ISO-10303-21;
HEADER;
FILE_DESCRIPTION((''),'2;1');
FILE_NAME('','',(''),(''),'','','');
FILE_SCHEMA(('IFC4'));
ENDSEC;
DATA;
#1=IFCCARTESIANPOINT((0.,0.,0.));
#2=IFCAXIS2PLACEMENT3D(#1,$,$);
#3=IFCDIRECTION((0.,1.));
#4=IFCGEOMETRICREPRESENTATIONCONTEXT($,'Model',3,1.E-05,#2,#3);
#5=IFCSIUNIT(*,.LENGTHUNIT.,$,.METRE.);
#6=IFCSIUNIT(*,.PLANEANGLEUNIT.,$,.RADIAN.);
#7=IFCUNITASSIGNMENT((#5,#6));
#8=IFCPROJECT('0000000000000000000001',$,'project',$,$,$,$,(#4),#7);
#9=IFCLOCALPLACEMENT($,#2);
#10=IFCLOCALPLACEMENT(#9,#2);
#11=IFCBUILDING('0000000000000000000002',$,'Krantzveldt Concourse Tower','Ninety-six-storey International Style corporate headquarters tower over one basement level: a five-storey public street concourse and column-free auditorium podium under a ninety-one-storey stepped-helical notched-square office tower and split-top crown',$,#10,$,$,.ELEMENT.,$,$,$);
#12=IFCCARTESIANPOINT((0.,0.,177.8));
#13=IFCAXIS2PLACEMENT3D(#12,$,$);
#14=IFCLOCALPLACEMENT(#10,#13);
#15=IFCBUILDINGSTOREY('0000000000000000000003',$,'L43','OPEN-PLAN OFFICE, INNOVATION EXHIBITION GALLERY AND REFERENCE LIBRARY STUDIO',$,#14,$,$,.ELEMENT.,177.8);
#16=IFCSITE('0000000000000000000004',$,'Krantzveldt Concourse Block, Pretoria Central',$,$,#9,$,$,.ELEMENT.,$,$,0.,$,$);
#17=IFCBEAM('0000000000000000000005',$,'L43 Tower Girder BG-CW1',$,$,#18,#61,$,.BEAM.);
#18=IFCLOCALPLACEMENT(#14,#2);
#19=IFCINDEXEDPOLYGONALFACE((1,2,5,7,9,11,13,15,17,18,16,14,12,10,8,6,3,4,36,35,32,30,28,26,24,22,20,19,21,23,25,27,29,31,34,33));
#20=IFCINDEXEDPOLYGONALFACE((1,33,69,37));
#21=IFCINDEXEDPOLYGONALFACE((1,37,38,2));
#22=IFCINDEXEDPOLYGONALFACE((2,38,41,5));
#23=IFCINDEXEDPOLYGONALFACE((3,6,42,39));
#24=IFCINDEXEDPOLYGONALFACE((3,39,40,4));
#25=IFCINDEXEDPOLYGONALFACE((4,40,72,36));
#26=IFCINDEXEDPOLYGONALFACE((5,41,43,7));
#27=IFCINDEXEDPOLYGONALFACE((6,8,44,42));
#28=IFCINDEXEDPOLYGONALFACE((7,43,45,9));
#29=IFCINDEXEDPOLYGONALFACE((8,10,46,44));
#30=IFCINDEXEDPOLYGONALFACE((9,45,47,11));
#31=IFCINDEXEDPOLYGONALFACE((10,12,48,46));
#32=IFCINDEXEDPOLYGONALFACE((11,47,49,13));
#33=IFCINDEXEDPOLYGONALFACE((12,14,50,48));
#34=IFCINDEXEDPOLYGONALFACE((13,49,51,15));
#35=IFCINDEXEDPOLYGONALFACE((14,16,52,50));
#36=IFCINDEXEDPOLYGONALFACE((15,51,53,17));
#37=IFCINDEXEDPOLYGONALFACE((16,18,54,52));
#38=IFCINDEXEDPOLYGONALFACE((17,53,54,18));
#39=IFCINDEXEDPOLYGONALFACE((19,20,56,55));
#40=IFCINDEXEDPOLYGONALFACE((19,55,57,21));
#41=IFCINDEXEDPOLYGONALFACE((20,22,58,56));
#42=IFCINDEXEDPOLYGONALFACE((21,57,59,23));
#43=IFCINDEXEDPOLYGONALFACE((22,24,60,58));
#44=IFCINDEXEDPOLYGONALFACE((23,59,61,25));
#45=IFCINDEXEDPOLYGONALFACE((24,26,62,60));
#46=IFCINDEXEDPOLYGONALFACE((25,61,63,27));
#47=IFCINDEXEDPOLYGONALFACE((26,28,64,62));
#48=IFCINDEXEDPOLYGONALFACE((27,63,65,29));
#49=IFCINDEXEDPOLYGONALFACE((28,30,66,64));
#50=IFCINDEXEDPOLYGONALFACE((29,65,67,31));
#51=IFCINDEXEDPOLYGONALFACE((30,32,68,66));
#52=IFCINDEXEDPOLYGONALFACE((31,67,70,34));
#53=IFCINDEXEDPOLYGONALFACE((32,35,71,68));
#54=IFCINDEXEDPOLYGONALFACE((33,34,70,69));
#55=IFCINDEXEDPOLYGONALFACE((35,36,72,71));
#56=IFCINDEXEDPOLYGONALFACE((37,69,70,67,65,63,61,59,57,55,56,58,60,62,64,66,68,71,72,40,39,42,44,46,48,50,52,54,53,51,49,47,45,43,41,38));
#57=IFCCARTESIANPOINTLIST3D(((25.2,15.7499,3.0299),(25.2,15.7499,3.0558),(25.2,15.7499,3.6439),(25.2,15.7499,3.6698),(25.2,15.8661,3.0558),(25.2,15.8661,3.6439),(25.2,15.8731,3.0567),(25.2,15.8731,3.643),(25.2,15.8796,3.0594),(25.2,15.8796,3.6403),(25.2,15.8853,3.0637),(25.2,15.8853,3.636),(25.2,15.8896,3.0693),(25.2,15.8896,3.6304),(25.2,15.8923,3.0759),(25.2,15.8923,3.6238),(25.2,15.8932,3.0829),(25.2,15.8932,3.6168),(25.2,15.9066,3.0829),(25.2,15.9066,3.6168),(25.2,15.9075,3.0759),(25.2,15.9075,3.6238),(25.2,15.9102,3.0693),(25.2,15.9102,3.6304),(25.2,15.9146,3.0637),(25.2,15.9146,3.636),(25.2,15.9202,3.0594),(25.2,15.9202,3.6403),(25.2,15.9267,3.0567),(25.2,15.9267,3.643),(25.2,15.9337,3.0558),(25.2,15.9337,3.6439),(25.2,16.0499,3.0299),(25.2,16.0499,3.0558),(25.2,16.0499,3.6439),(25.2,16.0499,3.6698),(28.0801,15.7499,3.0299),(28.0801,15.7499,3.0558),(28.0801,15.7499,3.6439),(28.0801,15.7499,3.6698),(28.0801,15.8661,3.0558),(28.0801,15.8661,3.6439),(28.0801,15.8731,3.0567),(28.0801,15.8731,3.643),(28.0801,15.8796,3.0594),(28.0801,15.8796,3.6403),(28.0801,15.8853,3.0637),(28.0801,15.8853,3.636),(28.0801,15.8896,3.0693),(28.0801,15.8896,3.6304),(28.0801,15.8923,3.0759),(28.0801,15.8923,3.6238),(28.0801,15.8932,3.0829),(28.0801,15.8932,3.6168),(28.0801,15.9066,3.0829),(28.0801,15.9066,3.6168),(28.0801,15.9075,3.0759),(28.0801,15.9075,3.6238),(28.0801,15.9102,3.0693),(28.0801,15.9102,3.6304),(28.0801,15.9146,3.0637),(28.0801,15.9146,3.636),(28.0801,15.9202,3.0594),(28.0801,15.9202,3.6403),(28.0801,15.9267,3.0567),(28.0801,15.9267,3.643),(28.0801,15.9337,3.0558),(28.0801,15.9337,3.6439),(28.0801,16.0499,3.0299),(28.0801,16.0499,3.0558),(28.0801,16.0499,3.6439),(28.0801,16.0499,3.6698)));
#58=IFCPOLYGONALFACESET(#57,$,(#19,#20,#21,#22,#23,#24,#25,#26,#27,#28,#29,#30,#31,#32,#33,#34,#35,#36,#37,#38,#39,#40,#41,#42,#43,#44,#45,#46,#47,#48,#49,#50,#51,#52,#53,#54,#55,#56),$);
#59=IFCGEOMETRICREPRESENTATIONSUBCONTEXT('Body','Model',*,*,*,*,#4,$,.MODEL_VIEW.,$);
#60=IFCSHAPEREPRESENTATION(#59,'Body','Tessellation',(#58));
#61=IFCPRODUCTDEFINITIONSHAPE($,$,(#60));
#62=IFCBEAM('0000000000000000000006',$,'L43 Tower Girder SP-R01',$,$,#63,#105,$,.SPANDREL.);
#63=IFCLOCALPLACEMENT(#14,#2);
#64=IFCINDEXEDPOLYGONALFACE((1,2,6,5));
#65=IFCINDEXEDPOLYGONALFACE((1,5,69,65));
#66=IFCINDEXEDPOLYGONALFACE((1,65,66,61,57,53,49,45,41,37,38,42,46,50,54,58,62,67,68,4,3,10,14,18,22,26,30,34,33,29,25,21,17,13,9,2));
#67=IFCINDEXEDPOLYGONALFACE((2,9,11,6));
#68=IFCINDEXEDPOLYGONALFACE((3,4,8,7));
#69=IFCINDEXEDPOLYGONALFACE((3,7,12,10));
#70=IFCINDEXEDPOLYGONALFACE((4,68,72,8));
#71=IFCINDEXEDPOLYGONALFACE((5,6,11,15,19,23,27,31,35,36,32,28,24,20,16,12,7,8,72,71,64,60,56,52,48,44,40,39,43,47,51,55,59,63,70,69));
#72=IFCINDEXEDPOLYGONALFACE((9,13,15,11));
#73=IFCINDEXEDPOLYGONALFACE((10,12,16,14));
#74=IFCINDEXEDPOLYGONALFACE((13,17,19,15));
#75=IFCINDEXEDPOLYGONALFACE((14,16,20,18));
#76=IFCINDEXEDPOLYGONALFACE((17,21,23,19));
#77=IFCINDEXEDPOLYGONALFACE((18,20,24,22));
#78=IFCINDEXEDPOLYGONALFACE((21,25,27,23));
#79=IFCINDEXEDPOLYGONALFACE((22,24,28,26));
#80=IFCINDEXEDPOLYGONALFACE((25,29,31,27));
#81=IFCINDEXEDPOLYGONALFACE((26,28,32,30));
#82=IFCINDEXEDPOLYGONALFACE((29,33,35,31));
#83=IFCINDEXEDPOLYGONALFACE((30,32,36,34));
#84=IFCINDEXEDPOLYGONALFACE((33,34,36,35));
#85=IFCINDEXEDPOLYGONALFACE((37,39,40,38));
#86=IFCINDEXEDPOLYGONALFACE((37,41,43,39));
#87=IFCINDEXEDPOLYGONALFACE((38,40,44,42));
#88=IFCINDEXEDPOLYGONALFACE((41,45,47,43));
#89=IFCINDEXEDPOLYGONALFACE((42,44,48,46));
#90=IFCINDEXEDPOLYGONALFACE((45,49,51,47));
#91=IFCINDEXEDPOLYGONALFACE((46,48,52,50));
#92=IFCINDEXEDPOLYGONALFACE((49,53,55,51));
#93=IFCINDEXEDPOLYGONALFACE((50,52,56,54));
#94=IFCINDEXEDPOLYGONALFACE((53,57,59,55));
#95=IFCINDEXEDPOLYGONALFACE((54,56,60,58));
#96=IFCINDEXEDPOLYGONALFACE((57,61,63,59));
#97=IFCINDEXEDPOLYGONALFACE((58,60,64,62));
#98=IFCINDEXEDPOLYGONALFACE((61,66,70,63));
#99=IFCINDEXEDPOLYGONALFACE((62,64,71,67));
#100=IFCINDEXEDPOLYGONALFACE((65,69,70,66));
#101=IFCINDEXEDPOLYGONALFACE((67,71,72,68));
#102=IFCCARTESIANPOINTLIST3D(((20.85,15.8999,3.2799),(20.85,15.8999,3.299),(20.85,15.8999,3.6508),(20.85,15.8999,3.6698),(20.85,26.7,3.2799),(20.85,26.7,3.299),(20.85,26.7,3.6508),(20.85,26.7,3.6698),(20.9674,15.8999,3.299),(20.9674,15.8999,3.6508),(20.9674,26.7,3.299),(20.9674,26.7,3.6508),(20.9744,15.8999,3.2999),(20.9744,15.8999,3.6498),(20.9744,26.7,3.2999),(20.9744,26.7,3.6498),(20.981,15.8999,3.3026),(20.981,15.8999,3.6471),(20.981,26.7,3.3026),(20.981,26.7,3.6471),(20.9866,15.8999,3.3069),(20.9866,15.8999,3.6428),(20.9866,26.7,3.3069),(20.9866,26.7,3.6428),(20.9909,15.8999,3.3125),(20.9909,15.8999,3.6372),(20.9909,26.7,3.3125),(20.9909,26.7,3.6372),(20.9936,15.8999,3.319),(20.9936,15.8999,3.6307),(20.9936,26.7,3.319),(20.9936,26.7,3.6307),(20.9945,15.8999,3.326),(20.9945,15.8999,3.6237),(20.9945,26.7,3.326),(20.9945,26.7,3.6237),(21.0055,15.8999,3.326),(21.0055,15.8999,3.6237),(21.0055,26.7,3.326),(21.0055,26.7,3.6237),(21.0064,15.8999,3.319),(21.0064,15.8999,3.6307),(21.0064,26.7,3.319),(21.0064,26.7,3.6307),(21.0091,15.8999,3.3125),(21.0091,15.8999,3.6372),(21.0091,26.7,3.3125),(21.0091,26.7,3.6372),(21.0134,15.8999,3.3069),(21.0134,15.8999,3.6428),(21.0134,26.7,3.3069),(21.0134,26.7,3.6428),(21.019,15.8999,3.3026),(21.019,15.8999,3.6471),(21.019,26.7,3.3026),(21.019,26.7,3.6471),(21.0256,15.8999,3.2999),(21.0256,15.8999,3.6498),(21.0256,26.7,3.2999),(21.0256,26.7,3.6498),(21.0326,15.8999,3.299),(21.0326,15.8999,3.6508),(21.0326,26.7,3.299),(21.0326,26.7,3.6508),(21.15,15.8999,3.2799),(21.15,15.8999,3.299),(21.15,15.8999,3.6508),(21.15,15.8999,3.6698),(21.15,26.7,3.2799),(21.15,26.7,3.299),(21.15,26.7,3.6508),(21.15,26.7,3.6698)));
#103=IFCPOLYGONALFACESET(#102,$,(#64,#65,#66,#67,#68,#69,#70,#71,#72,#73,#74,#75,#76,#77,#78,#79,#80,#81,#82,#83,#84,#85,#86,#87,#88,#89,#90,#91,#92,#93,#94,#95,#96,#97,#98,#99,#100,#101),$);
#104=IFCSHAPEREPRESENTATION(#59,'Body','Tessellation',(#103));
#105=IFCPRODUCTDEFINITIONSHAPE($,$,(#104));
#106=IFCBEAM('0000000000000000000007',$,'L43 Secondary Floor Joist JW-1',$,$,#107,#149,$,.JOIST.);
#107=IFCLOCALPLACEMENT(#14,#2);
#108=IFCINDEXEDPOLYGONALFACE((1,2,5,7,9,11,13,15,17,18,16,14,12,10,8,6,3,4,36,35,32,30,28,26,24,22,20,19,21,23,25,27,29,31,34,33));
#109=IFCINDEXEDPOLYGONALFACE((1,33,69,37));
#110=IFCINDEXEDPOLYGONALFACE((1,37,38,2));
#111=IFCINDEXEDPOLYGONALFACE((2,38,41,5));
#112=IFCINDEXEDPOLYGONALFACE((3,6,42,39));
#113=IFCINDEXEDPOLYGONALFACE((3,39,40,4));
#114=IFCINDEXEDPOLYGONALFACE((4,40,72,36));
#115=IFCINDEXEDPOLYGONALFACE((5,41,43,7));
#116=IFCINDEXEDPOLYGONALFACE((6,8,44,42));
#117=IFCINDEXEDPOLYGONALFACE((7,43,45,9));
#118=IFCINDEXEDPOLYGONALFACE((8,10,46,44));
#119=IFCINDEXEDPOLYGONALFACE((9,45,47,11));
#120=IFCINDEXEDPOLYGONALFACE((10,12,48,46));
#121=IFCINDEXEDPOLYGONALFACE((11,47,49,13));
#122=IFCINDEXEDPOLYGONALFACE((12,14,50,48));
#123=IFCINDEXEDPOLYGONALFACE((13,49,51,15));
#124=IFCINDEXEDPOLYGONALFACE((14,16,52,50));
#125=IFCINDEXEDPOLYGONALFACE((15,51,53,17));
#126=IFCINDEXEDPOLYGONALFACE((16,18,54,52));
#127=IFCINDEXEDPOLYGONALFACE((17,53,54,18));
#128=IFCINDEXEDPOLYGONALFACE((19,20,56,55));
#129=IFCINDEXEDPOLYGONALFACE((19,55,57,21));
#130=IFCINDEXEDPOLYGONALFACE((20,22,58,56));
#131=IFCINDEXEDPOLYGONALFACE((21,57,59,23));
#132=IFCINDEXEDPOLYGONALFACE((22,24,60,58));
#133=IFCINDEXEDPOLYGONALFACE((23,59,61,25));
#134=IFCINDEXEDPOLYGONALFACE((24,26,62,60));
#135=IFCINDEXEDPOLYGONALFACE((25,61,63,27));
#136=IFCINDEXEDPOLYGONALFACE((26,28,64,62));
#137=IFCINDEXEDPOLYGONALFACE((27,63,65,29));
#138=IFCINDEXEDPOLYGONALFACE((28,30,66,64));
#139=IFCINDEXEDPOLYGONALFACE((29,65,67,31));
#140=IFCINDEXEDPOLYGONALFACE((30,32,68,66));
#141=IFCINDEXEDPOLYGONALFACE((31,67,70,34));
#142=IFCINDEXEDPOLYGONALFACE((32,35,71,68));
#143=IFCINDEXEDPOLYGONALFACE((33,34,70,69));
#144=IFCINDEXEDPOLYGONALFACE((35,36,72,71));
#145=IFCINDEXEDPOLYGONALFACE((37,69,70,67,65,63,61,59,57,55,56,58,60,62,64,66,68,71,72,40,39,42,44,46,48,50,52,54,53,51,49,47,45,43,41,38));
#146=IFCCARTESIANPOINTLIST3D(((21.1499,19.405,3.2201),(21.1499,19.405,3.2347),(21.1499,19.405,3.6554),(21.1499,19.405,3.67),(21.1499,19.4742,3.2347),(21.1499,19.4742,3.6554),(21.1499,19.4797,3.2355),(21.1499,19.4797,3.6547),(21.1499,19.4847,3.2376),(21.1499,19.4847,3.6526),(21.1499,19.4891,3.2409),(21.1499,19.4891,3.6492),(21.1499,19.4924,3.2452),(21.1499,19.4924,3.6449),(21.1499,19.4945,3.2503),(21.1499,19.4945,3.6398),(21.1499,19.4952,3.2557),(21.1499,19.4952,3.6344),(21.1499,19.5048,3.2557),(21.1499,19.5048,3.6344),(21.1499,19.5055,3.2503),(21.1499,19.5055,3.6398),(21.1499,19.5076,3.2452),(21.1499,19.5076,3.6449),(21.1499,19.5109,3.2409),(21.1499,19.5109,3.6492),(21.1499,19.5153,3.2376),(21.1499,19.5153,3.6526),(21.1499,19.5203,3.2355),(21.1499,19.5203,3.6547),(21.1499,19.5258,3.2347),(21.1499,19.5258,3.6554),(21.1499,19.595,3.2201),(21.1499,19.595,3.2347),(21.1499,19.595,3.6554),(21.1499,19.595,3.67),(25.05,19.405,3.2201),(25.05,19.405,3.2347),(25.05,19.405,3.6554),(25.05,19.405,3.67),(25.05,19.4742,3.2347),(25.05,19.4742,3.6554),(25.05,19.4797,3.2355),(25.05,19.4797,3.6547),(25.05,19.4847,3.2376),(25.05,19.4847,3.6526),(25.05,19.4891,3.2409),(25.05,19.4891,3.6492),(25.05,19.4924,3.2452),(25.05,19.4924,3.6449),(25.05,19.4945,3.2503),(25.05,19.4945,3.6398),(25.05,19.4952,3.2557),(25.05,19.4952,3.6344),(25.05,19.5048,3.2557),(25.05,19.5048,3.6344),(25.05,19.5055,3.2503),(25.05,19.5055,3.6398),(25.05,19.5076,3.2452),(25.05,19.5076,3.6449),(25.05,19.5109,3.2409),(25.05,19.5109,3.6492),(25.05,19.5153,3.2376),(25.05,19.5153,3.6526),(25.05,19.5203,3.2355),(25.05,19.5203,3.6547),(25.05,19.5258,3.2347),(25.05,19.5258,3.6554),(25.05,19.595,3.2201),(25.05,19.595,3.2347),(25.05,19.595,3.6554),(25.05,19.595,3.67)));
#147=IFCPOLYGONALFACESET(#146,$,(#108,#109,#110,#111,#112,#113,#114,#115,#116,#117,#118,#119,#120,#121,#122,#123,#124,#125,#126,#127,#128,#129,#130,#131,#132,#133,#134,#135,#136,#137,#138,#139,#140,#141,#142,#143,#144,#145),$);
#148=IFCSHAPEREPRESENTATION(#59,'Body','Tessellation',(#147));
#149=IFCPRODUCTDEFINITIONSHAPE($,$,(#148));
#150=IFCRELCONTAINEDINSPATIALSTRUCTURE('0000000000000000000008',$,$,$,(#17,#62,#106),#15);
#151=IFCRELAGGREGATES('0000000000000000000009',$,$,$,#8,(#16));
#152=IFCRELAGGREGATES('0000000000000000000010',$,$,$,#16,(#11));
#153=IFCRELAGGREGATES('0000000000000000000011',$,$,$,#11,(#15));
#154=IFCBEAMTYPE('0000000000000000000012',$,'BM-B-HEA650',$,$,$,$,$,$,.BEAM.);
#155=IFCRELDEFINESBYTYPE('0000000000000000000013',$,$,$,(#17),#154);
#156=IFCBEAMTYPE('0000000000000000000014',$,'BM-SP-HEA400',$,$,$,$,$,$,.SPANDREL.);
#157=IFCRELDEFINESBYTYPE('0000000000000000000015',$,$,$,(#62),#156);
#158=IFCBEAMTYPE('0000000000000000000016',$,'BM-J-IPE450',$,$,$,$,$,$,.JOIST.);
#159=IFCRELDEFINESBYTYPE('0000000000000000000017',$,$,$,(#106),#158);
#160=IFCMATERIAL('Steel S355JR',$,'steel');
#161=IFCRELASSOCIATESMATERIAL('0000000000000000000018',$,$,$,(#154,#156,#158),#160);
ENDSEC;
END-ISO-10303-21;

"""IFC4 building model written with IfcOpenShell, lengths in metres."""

from ifc_helpers import new_model, si_unit, direction, frame, origin, origin_2d, place, context, subcontext, project, spatial, i_section, extrude, source, transform, mapped, material, material_profile, profile_set, type_object, type_shapes, element, save


model = new_model("IFC4")

# Units and contexts
model_context = context("Model", 3, precision=1e-05, world=origin(), true_north=direction((0.0, 1.0)))
body_context = subcontext(model_context, "Body", "Model", "MODEL_VIEW")
ifc_project = project(units=[si_unit("LENGTHUNIT", "METRE"), si_unit("PLANEANGLEUNIT", "RADIAN")], contexts=[model_context])

# Site, building, storey
site_placement = place(None, origin())
site = spatial("IfcSite", under=ifc_project, at=site_placement, Name="Krantzveldt Concourse Block, Pretoria Central", CompositionType="ELEMENT", RefElevation=0.0)
building_placement = place(site_placement, origin())
building = spatial("IfcBuilding", under=site, at=building_placement, Name="Krantzveldt Concourse Tower", Description="Ninety-six-storey International Style corporate headquarters tower over one basement level: a five-storey public street concourse and column-free auditorium podium under a ninety-one-storey stepped-helical notched-square office tower and split-top crown", CompositionType="ELEMENT")
storey_placement = place(building_placement, frame((0.0, 0.0, 177.8)))
storey = spatial("IfcBuildingStorey", under=building, at=storey_placement, Name="L43", Description="OPEN-PLAN OFFICE, INNOVATION EXHIBITION GALLERY AND REFERENCE LIBRARY STUDIO", CompositionType="ELEMENT", Elevation=177.8)

# Beams
ifc_material_1 = material(Name="Steel S355JR", Category="steel")
ifc_material_profile_1 = material_profile(ifc_material_1, i_section(OverallWidth=0.3, OverallDepth=0.6399, WebThickness=0.0134, FlangeThickness=0.0259, FilletRadius=0.0271, at=origin_2d()), Name="Steel S355JR", Category="steel")
ifc_profile_set_1 = profile_set([ifc_material_profile_1], Name="Steel S355JR - HEA 650")
beam_type_1 = type_object("IfcBeamType", Name="BM-B-HEA650", PredefinedType="BEAM", material=ifc_profile_set_1)
shared_shape_1 = source(origin(), body_context, "Body", "SweptSolid", [
    extrude(i_section(OverallWidth=0.3, OverallDepth=0.6399, WebThickness=0.0134, FlangeThickness=0.0259, FilletRadius=0.0271, at=origin_2d()), origin(), (0.0, 0.0, 1.0), 2.8801),
])
beam_1_placement = place(storey_placement, frame((25.2, 15.8999, 3.3499), z_axis=(1.0, 0.0, 0.0), x_axis=(0.0, 1.0, 0.0)))
element("IfcBeam", 1, at=beam_1_placement, inside=storey, type_object=beam_type_1, Name="L43 Tower Girder BG-CW1", PredefinedType="BEAM", context=body_context, shape_type="MappedRepresentation", body=[
    mapped(shared_shape_1, transform((0.0, 0.0, 0.0), x_axis=(1.0, 0.0, 0.0), y_axis=(0.0, 1.0, 0.0), z_axis=(0.0, 0.0, 1.0), scale=1.0)),
])
ifc_material_profile_2 = material_profile(ifc_material_1, i_section(OverallWidth=0.3, OverallDepth=0.3899, WebThickness=0.011, FlangeThickness=0.019, FilletRadius=0.0271, at=origin_2d()), Name="Steel S355JR", Category="steel")
ifc_profile_set_2 = profile_set([ifc_material_profile_2], Name="Steel S355JR - HEA 400")
beam_type_2 = type_object("IfcBeamType", Name="BM-SP-HEA400", PredefinedType="SPANDREL", material=ifc_profile_set_2)
shared_shape_2 = source(origin(), body_context, "Body", "SweptSolid", [
    extrude(i_section(OverallWidth=0.3, OverallDepth=0.3899, WebThickness=0.011, FlangeThickness=0.019, FilletRadius=0.0271, at=origin_2d()), origin(), (0.0, 0.0, 1.0), 10.8),
])
type_shapes(beam_type_2, [shared_shape_2])
beam_2_placement = place(storey_placement, frame((21.0, 15.8999, 3.4749), z_axis=(0.0, 1.0, 0.0), x_axis=(-1.0, 0.0, 0.0)))
element("IfcBeam", 2, at=beam_2_placement, inside=storey, type_object=beam_type_2, Name="L43 Tower Girder SP-R01", PredefinedType="SPANDREL", context=body_context, shape_type="MappedRepresentation", body=[
    mapped(shared_shape_2, transform((0.0, 0.0, 0.0), x_axis=(1.0, 0.0, 0.0), y_axis=(0.0, 1.0, 0.0), z_axis=(0.0, 0.0, 1.0), scale=1.0)),
])
ifc_material_profile_3 = material_profile(ifc_material_1, i_section(OverallWidth=0.1899, OverallDepth=0.45, WebThickness=0.0095, FlangeThickness=0.0146, FilletRadius=0.021, at=origin_2d()), Name="Steel S355JR", Category="steel")
ifc_profile_set_3 = profile_set([ifc_material_profile_3], Name="Steel S355JR - IPE 450")
beam_type_3 = type_object("IfcBeamType", Name="BM-J-IPE450", PredefinedType="JOIST", material=ifc_profile_set_3)
shared_shape_3 = source(origin(), body_context, "Body", "SweptSolid", [
    extrude(i_section(OverallWidth=0.1899, OverallDepth=0.45, WebThickness=0.0095, FlangeThickness=0.0146, FilletRadius=0.021, at=origin_2d()), origin(), (0.0, 0.0, 1.0), 3.9001),
])
type_shapes(beam_type_3, [shared_shape_3])
for number, where, z_axis, x_axis, name in (
    (3, (21.1499, 19.5, 3.4451), (1.0, 0.0, 0.0), (0.0, 1.0, 0.0), "L43 Secondary Floor Joist JW-1"),
):
    element("IfcBeam", number, at=place(storey_placement, frame(where, z_axis=z_axis, x_axis=x_axis)), inside=storey, type_object=beam_type_3, Name=name, PredefinedType="JOIST", context=body_context, shape_type="MappedRepresentation", body=[
        mapped(shared_shape_3, transform((0.0, 0.0, 0.0), x_axis=(1.0, 0.0, 0.0), y_axis=(0.0, 1.0, 0.0), z_axis=(0.0, 0.0, 1.0), scale=1.0)),
    ])

save(model, "model.ifc")
